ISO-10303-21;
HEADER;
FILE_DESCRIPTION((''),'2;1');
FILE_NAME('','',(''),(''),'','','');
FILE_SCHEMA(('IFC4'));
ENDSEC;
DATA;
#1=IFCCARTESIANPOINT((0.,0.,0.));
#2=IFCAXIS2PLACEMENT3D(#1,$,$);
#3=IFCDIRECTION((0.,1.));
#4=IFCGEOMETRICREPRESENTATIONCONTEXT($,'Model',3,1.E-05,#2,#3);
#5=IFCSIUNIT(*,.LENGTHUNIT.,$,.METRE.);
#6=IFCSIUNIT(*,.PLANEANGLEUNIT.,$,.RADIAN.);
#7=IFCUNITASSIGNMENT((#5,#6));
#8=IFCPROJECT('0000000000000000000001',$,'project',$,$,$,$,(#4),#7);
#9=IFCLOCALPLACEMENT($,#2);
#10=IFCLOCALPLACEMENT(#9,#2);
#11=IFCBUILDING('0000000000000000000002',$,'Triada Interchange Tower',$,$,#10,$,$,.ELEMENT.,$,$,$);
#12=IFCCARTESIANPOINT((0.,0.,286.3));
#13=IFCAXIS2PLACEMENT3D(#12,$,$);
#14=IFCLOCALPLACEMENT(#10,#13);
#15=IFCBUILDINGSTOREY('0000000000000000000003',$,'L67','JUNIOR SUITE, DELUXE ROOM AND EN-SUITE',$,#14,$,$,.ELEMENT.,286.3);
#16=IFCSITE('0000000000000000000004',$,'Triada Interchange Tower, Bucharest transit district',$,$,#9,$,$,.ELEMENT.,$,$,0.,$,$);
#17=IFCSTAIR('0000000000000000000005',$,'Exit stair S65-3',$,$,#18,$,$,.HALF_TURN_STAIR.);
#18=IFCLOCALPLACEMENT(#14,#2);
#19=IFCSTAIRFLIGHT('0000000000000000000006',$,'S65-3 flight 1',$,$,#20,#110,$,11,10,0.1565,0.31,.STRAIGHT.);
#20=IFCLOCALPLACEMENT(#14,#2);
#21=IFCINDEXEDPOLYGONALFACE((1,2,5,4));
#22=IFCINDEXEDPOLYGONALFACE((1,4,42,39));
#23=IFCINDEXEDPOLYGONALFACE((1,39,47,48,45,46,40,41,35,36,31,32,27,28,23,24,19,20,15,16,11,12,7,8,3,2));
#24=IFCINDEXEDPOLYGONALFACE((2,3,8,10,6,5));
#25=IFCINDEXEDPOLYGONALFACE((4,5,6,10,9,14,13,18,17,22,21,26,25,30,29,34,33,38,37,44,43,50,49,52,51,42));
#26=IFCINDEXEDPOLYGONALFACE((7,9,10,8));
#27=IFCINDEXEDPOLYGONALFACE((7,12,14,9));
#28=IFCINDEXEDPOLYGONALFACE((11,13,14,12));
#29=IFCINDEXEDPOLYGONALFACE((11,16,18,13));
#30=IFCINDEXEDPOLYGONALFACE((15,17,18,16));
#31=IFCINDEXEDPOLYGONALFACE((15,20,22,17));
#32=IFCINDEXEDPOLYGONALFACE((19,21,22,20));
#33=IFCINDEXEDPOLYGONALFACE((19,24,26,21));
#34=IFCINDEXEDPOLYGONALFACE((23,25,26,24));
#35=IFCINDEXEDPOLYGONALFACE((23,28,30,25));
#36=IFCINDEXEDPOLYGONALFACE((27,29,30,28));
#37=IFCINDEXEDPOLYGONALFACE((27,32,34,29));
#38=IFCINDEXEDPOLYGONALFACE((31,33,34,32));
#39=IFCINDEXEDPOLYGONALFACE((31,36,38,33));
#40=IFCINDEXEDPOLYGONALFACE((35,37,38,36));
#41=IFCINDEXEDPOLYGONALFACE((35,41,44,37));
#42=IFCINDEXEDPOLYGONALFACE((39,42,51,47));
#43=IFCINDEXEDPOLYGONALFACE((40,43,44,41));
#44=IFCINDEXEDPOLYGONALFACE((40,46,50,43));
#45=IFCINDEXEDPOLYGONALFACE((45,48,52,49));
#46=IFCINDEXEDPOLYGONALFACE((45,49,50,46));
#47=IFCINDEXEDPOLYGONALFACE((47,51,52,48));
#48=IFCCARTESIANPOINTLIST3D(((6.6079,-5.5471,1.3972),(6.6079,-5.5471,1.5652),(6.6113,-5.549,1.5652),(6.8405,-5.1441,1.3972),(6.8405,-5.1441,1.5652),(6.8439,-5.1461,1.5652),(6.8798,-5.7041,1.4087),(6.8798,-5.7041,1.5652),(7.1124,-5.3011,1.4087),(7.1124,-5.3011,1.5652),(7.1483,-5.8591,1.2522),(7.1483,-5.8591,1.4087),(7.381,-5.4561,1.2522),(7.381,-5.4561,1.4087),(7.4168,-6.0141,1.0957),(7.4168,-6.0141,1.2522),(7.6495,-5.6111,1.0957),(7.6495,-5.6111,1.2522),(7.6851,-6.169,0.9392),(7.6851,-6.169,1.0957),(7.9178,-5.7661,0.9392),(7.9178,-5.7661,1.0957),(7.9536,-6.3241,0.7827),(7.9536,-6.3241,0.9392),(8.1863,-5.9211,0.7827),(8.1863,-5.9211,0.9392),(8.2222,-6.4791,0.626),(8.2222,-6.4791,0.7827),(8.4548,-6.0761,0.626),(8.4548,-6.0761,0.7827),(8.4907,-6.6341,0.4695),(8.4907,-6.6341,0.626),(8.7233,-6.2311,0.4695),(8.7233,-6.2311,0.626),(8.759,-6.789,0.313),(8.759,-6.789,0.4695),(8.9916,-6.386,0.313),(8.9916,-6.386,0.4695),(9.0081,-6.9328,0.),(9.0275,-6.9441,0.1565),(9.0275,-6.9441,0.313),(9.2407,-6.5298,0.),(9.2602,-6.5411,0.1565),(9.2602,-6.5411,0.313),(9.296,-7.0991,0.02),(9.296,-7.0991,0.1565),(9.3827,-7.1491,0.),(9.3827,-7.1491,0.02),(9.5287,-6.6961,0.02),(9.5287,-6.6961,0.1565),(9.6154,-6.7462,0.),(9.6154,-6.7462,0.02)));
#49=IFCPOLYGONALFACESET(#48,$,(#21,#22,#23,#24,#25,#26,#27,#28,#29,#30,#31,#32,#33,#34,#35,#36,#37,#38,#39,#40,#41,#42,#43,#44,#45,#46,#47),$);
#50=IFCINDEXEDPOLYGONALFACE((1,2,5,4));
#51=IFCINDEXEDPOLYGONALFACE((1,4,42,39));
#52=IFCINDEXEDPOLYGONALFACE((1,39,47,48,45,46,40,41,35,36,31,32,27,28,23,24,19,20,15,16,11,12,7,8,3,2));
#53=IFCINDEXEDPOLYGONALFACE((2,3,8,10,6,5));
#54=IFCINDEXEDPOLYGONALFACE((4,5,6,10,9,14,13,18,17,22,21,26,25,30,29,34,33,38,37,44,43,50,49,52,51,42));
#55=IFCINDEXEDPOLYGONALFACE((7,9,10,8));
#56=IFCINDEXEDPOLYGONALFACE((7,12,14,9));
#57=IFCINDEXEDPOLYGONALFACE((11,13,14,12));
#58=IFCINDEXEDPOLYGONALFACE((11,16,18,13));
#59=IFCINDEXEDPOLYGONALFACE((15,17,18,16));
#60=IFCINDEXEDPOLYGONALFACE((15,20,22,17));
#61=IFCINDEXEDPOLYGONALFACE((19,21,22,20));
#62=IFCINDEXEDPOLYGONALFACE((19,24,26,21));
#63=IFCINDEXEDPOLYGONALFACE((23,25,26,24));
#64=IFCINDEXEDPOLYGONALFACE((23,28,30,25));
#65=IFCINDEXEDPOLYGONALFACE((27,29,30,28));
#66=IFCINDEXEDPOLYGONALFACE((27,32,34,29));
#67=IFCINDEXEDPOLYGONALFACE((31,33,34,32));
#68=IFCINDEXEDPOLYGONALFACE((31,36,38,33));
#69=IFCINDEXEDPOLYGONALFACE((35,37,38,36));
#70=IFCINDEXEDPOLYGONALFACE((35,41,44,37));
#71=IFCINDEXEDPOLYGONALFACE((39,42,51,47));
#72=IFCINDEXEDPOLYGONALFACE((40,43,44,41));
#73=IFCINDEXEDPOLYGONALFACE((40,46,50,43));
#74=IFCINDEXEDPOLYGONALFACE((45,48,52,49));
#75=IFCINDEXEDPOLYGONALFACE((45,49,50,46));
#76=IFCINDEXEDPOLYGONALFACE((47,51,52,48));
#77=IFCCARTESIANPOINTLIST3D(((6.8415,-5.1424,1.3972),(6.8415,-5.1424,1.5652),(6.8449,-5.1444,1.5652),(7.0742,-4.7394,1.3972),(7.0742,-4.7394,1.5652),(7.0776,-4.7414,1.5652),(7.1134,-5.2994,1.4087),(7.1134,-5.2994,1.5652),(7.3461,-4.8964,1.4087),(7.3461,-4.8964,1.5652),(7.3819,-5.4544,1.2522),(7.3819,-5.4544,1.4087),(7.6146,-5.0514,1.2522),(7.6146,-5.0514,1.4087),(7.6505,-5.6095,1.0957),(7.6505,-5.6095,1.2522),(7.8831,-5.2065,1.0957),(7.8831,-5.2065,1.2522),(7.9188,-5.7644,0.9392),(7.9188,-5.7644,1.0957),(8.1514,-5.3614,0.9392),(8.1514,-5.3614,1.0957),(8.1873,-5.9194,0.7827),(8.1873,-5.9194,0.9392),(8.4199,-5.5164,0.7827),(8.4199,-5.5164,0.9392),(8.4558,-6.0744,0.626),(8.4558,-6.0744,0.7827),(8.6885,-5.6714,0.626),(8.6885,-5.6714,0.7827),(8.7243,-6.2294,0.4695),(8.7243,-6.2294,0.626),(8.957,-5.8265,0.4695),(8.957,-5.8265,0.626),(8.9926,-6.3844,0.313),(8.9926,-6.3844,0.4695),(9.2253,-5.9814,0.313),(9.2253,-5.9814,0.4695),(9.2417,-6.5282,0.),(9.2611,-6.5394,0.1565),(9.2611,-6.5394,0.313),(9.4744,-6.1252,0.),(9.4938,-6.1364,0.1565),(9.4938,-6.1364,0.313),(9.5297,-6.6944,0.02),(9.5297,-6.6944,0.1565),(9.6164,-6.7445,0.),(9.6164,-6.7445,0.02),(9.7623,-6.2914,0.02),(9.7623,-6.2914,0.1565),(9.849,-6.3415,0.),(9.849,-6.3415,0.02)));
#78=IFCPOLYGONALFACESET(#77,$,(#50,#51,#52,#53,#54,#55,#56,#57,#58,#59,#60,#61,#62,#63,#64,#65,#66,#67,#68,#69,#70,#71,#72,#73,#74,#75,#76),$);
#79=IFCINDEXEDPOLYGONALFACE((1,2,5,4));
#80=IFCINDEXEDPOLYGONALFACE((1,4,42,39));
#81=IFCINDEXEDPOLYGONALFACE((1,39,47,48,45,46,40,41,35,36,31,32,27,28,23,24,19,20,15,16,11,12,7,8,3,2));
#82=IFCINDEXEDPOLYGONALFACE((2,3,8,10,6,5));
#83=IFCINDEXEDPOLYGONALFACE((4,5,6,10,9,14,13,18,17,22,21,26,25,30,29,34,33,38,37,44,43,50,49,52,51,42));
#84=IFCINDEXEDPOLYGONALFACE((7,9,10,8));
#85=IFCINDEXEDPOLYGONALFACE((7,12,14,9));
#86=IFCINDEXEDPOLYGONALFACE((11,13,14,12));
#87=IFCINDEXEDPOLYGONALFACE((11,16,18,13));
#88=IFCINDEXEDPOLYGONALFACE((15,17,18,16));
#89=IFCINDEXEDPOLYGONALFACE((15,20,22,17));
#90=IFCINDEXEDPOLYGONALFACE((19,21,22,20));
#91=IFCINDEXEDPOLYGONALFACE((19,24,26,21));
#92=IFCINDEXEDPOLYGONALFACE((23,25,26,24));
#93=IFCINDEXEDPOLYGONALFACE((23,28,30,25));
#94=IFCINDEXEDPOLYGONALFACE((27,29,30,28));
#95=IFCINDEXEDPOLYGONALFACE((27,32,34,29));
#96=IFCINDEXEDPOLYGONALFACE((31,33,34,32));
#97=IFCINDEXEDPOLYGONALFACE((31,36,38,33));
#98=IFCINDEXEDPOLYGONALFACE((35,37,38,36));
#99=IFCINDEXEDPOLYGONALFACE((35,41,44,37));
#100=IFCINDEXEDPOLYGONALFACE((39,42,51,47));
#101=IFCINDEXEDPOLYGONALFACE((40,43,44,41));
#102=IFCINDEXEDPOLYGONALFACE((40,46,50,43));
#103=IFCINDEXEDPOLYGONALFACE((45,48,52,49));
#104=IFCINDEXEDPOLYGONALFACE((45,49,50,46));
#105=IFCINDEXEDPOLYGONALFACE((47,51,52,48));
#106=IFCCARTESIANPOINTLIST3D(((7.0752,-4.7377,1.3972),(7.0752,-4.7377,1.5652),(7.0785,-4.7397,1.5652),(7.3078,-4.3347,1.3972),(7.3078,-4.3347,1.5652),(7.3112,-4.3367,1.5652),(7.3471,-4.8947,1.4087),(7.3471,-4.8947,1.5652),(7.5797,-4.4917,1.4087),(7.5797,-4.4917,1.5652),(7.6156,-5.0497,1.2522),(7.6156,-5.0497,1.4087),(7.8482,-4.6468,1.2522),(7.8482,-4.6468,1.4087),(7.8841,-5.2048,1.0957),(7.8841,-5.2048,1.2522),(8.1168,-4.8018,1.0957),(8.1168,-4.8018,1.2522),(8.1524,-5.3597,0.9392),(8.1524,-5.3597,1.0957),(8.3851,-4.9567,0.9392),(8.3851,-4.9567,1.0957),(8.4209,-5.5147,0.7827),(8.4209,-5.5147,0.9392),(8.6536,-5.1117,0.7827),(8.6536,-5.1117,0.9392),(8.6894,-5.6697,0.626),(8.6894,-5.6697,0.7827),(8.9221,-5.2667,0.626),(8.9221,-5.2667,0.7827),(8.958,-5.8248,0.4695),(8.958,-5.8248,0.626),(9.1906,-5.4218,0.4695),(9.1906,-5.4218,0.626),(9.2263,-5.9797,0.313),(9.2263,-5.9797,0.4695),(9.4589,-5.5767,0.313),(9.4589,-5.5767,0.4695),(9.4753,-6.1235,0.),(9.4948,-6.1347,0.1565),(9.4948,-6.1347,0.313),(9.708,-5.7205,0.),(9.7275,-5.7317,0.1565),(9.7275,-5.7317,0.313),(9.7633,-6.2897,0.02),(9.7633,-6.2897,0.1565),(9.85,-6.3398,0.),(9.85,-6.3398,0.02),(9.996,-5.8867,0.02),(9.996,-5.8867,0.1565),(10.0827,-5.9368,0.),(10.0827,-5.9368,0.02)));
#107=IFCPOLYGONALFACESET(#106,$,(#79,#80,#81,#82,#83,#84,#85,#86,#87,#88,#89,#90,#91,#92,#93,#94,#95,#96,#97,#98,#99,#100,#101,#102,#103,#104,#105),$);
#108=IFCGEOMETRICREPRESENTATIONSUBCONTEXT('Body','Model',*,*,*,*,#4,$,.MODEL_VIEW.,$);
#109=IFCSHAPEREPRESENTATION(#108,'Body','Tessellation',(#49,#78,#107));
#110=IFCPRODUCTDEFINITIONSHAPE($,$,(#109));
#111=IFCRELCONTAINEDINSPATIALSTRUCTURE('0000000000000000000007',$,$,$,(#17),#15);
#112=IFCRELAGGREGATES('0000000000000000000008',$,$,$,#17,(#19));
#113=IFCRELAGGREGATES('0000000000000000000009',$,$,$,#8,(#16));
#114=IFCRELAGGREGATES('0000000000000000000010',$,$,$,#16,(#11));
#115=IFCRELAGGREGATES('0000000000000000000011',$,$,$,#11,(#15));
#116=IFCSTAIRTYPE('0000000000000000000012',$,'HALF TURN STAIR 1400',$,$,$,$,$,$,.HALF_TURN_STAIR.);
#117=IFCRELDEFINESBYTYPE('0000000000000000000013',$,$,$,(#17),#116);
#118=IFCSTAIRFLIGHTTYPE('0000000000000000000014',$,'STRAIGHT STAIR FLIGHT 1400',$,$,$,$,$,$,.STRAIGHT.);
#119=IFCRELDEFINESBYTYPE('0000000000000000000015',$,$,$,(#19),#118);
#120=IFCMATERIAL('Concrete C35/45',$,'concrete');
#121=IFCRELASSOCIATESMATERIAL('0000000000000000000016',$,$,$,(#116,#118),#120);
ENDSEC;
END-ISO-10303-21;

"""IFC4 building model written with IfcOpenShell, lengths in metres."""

from ifc_helpers import new_model, si_unit, direction, frame, origin, place, context, subcontext, project, spatial, polyline, outline, extrude, material, type_object, element, aggregate, save


model = new_model("IFC4")

# Units and contexts
model_context = context("Model", 3, precision=1e-05, world=origin(), true_north=direction((0.0, 1.0)))
body_context = subcontext(model_context, "Body", "Model", "MODEL_VIEW")
ifc_project = project(units=[si_unit("LENGTHUNIT", "METRE"), si_unit("PLANEANGLEUNIT", "RADIAN")], contexts=[model_context])

# Site, building, storey
site_placement = place(None, origin())
site = spatial("IfcSite", under=ifc_project, at=site_placement, Name="Triada Interchange Tower, Bucharest transit district", CompositionType="ELEMENT", RefElevation=0.0)
building_placement = place(site_placement, origin())
building = spatial("IfcBuilding", under=site, at=building_placement, Name="Triada Interchange Tower", CompositionType="ELEMENT")
storey_placement = place(building_placement, frame((0.0, 0.0, 286.3)))
storey = spatial("IfcBuildingStorey", under=building, at=storey_placement, Name="L67", Description="JUNIOR SUITE, DELUXE ROOM AND EN-SUITE", CompositionType="ELEMENT", Elevation=286.3)

# Stair, stair flight
ifc_material_1 = material(Name="Concrete C35/45", Category="concrete")
stair_type = type_object("IfcStairType", Name="HALF TURN STAIR 1400", PredefinedType="HALF_TURN_STAIR", material=ifc_material_1)
stair_placement = place(storey_placement, origin())
stair = element("IfcStair", 1, at=stair_placement, inside=storey, type_object=stair_type, Name="Exit stair S65-3", PredefinedType="HALF_TURN_STAIR")
stair_flight_type = type_object("IfcStairFlightType", Name="STRAIGHT STAIR FLIGHT 1400", PredefinedType="STRAIGHT", material=ifc_material_1)
stair_flight_1_placement = place(storey_placement, frame((9.646, -6.4929, 0.0), z_axis=(0.0, 0.0, 1.0), x_axis=(-0.866025, 0.5, 0.0)))
stair_flight_1 = element("IfcStairFlight", 2, at=stair_flight_1_placement, type_object=stair_flight_type, Name="S65-3 flight 1", NumberOfRisers=11, NumberOfTreads=10, PredefinedType="STRAIGHT", RiserHeight=0.1565, TreadLength=0.31, context=body_context, shape_type="SweptSolid", body=[
    extrude(outline(polyline([(-0.1001, 0.0), (-0.1001, 0.02), (0.0, 0.02), (0.0, 0.1565), (0.3101, 0.1565), (0.3101, 0.313), (0.6201, 0.313), (0.6201, 0.4695), (0.9299, 0.4695), (0.9299, 0.626), (1.24, 0.626), (1.24, 0.7827), (1.55, 0.7827), (1.55, 0.9392), (1.8601, 0.9392), (1.8601, 1.0957), (2.1699, 1.0957), (2.1699, 1.2522), (2.48, 1.2522), (2.48, 1.4087), (2.79, 1.4087), (2.79, 1.5652), (3.1001, 1.5652), (3.104, 1.5652), (3.104, 1.7217), (3.104, 1.3972), (0.3325, 0.0), (-0.1001, 0.0)])), frame((0.0, 0.7, 0.0), z_axis=(0.0, -1.0, 0.0), x_axis=(1.0, 0.0, 0.0)), (0.0, 0.0, 1.0), 0.4653),
    extrude(outline(polyline([(-0.1001, 0.0), (-0.1001, 0.02), (0.0, 0.02), (0.0, 0.1565), (0.3101, 0.1565), (0.3101, 0.313), (0.6201, 0.313), (0.6201, 0.4695), (0.9299, 0.4695), (0.9299, 0.626), (1.24, 0.626), (1.24, 0.7827), (1.55, 0.7827), (1.55, 0.9392), (1.8601, 0.9392), (1.8601, 1.0957), (2.1699, 1.0957), (2.1699, 1.2522), (2.48, 1.2522), (2.48, 1.4087), (2.79, 1.4087), (2.79, 1.5652), (3.1001, 1.5652), (3.104, 1.5652), (3.104, 1.7217), (3.104, 1.3972), (0.3325, 0.0), (-0.1001, 0.0)])), frame((0.0, 0.2327, 0.0), z_axis=(0.0, -1.0, 0.0), x_axis=(1.0, 0.0, 0.0)), (0.0, 0.0, 1.0), 0.4653),
    extrude(outline(polyline([(-0.1001, 0.0), (-0.1001, 0.02), (0.0, 0.02), (0.0, 0.1565), (0.3101, 0.1565), (0.3101, 0.313), (0.6201, 0.313), (0.6201, 0.4695), (0.9299, 0.4695), (0.9299, 0.626), (1.24, 0.626), (1.24, 0.7827), (1.55, 0.7827), (1.55, 0.9392), (1.8601, 0.9392), (1.8601, 1.0957), (2.1699, 1.0957), (2.1699, 1.2522), (2.48, 1.2522), (2.48, 1.4087), (2.79, 1.4087), (2.79, 1.5652), (3.1001, 1.5652), (3.104, 1.5652), (3.104, 1.7217), (3.104, 1.3972), (0.3325, 0.0), (-0.1001, 0.0)])), frame((0.0, -0.2346, 0.0), z_axis=(0.0, -1.0, 0.0), x_axis=(1.0, 0.0, 0.0)), (0.0, 0.0, 1.0), 0.4653),
])
aggregate(stair, [stair_flight_1])

save(model, "model.ifc")
